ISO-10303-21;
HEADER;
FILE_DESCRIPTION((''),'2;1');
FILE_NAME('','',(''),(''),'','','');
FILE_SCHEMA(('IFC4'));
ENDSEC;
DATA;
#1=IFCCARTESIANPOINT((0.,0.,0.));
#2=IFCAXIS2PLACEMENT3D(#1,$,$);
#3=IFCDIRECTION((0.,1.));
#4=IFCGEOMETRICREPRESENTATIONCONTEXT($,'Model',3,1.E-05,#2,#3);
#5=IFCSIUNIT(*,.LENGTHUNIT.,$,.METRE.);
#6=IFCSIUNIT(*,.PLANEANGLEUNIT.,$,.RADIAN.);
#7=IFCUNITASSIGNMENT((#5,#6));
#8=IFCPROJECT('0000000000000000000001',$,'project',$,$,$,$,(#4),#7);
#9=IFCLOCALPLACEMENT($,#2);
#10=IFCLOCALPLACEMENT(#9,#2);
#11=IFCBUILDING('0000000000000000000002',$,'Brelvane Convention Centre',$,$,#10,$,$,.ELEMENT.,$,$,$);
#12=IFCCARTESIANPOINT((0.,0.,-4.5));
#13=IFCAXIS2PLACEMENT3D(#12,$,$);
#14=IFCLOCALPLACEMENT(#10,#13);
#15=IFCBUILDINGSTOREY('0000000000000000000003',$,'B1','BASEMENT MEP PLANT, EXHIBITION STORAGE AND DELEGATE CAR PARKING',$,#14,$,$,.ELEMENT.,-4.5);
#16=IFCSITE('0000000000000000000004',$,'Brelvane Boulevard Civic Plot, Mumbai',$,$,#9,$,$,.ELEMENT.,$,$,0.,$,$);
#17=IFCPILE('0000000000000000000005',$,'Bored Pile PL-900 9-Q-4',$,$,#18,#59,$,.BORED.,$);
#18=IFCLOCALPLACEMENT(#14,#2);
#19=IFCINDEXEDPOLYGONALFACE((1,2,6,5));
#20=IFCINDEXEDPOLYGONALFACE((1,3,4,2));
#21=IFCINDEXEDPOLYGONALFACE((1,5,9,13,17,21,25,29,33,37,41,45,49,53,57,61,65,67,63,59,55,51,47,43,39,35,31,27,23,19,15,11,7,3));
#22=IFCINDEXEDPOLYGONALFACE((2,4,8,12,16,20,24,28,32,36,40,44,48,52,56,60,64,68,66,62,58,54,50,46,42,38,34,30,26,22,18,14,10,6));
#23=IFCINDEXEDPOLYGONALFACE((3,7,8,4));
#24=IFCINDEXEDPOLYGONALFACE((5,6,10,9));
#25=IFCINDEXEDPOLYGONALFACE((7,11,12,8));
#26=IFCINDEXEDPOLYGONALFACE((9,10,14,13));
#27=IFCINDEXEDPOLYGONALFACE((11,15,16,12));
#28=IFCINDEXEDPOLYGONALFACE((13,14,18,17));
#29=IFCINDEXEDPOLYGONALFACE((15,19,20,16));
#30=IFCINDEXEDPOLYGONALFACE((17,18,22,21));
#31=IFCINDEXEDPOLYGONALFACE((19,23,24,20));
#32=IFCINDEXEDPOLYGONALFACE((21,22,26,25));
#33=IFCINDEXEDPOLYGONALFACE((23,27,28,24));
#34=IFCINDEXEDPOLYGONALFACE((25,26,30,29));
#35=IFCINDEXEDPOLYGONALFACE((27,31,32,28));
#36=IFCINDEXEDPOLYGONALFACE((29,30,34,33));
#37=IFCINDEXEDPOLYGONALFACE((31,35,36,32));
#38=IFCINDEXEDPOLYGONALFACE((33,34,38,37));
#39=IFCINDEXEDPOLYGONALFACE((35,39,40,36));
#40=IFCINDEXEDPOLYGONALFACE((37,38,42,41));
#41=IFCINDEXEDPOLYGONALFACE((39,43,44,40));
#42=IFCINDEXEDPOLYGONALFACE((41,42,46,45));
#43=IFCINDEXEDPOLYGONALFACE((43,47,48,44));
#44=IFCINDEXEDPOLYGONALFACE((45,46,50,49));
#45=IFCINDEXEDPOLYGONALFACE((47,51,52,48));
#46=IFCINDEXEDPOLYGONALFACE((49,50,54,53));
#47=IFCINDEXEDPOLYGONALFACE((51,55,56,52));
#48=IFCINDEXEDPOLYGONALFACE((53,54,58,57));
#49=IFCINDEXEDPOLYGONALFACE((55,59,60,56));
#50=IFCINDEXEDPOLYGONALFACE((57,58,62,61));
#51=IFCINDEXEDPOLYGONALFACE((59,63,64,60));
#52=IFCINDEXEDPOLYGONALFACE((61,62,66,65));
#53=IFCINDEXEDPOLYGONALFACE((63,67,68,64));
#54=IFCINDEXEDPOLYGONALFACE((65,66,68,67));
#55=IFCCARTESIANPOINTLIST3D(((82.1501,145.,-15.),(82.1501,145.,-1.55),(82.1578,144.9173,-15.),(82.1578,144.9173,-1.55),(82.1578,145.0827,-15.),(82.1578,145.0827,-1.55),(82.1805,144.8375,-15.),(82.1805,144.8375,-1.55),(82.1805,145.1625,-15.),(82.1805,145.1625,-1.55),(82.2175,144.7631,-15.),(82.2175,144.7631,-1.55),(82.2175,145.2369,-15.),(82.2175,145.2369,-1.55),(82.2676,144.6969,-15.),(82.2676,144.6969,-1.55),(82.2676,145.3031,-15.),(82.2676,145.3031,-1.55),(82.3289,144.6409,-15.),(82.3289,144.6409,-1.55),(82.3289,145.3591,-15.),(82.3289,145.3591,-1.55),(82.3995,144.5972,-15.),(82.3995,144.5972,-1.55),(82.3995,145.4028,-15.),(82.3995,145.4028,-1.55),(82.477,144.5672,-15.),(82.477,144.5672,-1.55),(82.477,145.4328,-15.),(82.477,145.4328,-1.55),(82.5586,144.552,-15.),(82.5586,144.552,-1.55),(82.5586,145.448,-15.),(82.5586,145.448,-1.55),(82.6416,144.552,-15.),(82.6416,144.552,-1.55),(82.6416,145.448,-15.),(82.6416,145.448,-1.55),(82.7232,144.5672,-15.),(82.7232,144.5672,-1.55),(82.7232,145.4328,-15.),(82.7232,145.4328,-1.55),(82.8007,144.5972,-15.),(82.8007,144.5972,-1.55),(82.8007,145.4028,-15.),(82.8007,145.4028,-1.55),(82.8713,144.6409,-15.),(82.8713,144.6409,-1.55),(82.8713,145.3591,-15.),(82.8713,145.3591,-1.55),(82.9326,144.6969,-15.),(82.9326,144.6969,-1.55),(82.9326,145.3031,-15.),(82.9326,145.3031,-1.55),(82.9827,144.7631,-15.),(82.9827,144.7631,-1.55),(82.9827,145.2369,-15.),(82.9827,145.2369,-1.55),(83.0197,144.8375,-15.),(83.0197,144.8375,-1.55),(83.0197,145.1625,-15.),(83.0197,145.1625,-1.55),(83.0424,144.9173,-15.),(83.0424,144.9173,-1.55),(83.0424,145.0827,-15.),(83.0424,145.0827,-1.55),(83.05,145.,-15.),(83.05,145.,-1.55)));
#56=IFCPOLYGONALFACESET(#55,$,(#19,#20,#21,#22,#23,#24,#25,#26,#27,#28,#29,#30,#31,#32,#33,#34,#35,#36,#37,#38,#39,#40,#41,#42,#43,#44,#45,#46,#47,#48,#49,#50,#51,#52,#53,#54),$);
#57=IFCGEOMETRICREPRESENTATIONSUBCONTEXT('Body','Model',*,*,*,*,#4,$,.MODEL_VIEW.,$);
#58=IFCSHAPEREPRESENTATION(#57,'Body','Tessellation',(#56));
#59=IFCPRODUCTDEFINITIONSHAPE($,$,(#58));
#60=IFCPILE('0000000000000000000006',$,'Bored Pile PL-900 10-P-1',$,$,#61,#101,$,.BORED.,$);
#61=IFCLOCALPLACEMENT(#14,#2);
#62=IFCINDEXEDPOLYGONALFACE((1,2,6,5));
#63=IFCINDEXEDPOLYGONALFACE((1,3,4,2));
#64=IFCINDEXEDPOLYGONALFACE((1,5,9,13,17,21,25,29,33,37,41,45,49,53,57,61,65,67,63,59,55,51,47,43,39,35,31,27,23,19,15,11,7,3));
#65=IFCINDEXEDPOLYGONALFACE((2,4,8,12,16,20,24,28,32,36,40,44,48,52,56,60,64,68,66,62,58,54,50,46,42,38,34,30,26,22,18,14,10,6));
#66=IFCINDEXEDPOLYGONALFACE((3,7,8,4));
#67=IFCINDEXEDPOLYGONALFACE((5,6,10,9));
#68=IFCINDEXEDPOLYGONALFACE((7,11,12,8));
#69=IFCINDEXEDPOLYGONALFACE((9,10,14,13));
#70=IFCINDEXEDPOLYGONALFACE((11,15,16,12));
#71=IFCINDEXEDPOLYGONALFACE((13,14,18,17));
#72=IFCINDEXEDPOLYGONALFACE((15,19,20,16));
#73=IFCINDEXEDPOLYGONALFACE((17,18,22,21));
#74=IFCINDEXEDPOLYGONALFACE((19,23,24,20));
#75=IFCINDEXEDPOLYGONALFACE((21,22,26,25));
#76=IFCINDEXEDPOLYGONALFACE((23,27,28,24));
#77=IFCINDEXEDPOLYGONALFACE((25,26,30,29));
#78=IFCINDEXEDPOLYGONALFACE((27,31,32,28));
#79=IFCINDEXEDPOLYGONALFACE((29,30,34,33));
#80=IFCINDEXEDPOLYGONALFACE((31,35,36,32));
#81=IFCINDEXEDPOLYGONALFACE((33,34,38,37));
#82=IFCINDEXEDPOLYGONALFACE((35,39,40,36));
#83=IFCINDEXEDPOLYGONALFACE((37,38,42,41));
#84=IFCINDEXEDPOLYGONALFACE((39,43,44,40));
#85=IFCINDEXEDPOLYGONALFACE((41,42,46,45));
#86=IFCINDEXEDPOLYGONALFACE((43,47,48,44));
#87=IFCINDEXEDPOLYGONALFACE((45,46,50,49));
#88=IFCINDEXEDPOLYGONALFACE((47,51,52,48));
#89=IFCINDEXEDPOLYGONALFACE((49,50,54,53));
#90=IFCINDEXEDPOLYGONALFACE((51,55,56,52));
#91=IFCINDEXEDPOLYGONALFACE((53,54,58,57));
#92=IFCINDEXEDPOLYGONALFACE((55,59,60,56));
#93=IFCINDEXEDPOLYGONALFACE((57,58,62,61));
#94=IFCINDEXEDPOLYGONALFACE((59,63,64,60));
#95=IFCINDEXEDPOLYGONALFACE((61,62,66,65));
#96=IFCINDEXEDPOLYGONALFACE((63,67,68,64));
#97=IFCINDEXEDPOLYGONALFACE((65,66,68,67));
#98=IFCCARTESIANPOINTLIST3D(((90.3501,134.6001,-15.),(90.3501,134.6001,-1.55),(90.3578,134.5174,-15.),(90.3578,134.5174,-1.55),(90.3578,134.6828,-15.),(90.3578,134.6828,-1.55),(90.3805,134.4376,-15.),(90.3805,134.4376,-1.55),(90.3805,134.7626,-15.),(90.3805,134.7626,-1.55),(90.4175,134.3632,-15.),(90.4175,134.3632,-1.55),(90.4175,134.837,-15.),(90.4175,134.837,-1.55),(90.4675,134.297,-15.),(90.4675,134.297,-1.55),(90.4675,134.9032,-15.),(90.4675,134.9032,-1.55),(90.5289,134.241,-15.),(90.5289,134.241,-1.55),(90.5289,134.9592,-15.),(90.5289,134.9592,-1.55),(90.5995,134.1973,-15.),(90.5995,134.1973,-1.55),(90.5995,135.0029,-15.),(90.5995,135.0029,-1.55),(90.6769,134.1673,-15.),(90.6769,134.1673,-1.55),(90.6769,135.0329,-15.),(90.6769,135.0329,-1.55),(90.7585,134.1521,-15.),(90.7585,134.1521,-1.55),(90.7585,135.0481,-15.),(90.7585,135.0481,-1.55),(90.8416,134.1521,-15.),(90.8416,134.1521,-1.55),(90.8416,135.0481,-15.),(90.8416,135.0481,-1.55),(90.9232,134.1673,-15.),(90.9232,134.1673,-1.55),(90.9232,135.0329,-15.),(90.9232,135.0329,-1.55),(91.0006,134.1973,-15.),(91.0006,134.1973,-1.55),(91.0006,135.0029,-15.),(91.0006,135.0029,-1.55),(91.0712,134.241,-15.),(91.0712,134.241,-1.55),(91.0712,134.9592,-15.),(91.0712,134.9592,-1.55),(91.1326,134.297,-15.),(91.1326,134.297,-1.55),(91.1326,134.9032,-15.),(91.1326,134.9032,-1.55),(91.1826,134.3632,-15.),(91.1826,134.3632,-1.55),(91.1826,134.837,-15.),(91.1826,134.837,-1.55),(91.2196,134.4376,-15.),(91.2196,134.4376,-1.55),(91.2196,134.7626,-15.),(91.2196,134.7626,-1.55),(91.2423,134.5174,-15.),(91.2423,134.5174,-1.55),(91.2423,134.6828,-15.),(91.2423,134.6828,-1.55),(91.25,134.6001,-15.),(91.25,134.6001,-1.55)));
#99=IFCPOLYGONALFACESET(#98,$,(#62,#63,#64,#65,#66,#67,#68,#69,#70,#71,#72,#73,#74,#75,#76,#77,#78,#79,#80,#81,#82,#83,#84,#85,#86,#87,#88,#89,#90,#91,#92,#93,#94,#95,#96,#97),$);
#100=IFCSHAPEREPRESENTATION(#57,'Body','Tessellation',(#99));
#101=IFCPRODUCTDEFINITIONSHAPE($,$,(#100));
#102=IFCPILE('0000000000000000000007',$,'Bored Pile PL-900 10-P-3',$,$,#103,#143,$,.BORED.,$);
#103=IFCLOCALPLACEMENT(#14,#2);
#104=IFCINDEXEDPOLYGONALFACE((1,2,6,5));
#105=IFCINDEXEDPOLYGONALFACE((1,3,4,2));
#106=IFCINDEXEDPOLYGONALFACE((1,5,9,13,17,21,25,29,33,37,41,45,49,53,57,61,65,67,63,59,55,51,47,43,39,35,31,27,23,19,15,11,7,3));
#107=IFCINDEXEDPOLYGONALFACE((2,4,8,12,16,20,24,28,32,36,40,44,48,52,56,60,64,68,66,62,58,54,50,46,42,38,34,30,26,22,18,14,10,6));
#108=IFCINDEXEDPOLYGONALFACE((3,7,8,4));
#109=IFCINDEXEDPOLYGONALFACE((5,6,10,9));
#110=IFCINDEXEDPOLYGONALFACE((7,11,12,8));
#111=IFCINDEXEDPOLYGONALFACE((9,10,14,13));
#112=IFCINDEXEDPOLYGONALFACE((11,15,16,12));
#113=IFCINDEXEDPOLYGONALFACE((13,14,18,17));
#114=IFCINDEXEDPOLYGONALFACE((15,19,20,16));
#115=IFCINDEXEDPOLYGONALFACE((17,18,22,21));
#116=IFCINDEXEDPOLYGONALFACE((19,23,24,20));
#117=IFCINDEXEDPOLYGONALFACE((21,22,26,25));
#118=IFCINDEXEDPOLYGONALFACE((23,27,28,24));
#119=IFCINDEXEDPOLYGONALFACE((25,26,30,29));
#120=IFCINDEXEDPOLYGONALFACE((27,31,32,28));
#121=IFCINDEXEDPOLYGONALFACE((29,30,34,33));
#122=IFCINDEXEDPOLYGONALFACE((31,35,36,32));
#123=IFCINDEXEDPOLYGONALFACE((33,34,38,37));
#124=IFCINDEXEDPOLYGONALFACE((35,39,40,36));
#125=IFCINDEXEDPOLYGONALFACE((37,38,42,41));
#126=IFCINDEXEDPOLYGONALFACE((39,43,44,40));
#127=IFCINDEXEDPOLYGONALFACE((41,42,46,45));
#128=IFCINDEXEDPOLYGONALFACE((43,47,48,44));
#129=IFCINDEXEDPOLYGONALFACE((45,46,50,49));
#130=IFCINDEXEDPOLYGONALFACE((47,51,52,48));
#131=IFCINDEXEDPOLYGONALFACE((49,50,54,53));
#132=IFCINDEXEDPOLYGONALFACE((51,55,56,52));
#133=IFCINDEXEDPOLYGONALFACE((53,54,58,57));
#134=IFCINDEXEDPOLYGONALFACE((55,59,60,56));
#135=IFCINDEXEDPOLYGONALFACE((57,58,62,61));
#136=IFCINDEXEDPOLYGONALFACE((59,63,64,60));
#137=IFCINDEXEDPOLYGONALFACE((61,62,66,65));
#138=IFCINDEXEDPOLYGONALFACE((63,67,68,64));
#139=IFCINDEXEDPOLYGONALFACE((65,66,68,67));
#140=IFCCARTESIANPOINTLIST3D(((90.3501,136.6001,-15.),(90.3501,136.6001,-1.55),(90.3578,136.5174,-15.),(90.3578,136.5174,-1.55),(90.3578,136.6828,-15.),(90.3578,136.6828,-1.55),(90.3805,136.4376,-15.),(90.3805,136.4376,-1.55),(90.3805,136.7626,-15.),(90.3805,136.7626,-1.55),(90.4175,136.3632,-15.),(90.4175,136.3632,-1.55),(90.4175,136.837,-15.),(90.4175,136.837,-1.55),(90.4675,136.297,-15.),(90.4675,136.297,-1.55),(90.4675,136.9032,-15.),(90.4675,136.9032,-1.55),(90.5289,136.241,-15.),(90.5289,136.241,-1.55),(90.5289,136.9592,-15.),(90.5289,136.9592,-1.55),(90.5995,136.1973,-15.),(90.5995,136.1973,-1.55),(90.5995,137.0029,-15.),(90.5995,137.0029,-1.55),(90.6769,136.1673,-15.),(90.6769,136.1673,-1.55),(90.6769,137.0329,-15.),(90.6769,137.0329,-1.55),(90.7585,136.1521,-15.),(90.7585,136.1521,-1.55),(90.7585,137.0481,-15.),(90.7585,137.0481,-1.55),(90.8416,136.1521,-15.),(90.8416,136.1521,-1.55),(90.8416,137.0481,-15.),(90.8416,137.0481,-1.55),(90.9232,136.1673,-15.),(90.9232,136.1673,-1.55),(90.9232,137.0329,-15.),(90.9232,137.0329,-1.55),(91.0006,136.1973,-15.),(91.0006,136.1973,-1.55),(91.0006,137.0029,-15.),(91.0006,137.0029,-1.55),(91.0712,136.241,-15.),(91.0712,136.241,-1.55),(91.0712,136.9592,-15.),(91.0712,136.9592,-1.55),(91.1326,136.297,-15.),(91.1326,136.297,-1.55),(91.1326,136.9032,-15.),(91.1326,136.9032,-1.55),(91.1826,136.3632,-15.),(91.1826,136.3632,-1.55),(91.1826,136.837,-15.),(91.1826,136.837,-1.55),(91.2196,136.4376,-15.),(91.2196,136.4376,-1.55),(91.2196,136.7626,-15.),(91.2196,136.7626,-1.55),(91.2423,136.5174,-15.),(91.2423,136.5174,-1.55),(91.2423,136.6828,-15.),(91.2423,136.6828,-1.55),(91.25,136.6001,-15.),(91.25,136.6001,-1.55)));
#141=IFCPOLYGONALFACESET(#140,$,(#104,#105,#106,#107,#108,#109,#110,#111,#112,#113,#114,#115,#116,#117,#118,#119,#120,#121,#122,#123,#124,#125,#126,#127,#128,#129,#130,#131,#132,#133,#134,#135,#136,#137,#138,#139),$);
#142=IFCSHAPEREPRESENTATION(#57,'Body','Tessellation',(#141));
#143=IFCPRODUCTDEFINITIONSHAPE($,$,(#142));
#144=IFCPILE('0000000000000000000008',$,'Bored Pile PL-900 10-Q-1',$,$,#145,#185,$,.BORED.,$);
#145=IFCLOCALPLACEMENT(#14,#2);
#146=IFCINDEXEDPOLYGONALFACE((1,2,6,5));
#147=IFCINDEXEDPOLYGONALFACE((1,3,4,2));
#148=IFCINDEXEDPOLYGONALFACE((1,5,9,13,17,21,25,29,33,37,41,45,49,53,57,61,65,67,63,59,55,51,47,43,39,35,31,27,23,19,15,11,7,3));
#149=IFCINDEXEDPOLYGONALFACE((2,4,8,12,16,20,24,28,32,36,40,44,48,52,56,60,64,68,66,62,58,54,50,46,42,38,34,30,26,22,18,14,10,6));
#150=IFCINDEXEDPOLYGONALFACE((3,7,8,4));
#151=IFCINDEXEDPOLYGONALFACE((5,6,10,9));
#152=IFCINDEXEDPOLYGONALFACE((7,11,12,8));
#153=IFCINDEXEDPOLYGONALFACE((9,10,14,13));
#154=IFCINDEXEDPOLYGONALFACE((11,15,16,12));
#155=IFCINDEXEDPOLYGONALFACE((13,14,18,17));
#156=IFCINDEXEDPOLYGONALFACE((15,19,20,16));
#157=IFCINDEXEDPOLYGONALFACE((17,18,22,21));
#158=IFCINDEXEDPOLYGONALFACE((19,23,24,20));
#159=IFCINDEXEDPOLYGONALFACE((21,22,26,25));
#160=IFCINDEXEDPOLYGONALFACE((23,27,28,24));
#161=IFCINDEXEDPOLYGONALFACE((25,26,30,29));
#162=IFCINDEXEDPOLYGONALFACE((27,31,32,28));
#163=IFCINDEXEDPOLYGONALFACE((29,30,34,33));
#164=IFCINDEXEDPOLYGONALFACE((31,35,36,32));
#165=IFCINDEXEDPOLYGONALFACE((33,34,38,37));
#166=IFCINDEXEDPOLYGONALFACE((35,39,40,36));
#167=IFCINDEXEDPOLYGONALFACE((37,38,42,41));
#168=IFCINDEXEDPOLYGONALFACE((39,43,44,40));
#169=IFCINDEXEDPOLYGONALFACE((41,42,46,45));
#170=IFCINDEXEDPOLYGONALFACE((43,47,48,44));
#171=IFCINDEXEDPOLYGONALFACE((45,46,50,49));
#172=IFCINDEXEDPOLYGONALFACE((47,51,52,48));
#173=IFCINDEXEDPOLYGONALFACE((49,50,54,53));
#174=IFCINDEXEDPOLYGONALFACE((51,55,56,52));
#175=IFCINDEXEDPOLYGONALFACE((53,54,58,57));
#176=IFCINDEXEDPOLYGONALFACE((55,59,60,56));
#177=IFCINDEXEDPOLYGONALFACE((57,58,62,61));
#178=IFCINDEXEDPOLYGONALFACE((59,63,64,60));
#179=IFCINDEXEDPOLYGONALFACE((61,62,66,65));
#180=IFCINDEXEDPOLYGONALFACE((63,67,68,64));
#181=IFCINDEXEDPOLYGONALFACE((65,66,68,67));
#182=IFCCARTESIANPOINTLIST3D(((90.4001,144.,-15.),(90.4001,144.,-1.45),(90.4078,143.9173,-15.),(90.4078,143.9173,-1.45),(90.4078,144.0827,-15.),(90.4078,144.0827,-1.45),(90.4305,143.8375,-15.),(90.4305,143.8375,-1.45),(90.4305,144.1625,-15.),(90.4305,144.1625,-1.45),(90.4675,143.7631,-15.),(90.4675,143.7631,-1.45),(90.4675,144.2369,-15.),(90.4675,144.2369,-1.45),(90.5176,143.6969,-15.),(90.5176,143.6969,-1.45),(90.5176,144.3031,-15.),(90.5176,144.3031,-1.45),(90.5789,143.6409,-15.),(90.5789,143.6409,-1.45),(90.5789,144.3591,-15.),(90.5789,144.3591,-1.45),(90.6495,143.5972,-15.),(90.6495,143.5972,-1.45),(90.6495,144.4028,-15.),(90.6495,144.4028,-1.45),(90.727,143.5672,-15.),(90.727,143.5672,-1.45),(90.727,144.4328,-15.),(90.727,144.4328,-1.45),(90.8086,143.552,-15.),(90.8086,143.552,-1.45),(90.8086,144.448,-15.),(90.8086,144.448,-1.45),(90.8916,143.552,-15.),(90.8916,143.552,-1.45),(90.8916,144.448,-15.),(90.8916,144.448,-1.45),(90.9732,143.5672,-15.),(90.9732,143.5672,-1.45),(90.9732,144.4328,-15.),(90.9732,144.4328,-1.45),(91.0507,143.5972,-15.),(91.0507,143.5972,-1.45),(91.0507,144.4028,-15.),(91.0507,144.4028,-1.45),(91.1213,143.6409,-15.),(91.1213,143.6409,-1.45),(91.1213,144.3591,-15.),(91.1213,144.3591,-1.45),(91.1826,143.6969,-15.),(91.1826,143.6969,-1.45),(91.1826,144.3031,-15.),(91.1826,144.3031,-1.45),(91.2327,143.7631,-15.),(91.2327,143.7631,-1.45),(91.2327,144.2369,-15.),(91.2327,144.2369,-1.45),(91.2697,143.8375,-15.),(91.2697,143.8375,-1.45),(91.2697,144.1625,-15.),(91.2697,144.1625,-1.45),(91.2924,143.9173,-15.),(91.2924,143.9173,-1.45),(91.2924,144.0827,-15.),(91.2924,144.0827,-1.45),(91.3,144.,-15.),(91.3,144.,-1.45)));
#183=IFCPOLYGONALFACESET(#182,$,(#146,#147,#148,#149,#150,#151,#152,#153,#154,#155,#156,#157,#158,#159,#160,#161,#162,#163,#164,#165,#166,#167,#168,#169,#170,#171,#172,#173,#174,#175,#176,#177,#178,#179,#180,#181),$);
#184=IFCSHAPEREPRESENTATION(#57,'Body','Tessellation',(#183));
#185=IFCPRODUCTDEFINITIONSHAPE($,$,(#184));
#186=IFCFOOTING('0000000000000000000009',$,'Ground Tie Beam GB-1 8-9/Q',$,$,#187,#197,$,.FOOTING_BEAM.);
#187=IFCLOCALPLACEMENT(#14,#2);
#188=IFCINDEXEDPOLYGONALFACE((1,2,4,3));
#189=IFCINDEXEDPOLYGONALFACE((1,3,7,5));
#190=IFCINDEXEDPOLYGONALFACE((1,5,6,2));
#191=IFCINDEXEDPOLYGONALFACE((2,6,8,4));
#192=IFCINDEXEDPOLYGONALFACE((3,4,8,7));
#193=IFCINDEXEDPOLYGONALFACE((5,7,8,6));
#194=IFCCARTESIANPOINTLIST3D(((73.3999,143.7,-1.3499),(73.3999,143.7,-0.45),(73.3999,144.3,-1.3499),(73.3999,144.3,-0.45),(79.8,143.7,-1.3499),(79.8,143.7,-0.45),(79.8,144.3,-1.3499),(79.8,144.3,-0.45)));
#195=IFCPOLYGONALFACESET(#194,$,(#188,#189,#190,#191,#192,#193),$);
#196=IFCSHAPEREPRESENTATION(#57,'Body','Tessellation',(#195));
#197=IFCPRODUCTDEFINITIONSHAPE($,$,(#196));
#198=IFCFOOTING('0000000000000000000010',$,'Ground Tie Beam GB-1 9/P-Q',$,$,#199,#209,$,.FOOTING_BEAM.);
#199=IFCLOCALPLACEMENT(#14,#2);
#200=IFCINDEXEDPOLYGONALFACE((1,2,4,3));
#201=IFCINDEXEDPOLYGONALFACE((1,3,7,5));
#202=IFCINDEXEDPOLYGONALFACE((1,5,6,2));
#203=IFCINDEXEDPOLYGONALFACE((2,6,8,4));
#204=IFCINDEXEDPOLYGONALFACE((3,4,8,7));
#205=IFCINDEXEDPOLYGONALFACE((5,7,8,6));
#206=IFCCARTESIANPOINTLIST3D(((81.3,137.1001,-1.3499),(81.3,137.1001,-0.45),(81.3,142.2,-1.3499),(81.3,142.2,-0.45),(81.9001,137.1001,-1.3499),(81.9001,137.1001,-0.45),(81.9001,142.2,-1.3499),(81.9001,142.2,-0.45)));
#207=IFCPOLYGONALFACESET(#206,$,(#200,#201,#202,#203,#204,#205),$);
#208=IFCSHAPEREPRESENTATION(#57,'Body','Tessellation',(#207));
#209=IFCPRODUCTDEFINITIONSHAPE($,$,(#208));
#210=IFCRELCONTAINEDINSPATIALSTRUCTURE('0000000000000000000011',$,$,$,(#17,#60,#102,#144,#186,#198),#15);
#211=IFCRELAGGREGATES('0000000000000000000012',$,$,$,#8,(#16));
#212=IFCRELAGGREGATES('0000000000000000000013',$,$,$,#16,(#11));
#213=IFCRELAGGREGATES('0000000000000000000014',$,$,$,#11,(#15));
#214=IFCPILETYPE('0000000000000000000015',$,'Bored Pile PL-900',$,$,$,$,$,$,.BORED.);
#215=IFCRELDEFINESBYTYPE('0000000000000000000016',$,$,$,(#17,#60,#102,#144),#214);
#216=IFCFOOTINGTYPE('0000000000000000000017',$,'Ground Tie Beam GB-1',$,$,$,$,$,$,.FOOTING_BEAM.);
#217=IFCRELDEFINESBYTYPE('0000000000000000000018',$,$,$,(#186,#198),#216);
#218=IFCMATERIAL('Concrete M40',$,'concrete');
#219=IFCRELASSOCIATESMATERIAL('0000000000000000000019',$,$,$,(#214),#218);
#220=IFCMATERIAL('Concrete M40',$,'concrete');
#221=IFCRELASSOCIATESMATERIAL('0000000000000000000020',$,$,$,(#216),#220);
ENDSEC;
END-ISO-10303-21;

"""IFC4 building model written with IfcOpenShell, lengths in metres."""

from ifc_helpers import new_model, si_unit, direction, frame, origin, origin_2d, place, context, subcontext, project, spatial, rectangle, circle, extrude, material, material_profile, profile_set, type_object, element, save


model = new_model("IFC4")

# Units and contexts
model_context = context("Model", 3, precision=1e-05, world=origin(), true_north=direction((0.0, 1.0)))
body_context = subcontext(model_context, "Body", "Model", "MODEL_VIEW")
ifc_project = project(units=[si_unit("LENGTHUNIT", "METRE"), si_unit("PLANEANGLEUNIT", "RADIAN")], contexts=[model_context])

# Site, building, storey
site_placement = place(None, origin())
site = spatial("IfcSite", under=ifc_project, at=site_placement, Name="Brelvane Boulevard Civic Plot, Mumbai", CompositionType="ELEMENT", RefElevation=0.0)
building_placement = place(site_placement, origin())
building = spatial("IfcBuilding", under=site, at=building_placement, Name="Brelvane Convention Centre", CompositionType="ELEMENT")
storey_placement = place(building_placement, frame((0.0, 0.0, -4.5)))
storey = spatial("IfcBuildingStorey", under=building, at=storey_placement, Name="B1", Description="BASEMENT MEP PLANT, EXHIBITION STORAGE AND DELEGATE CAR PARKING", CompositionType="ELEMENT", Elevation=-4.5)

# Piles
ifc_material_1 = material(Name="Concrete M40", Category="concrete")
ifc_material_profile_1 = material_profile(ifc_material_1, circle(Radius=0.45, at=origin_2d()), Name="PILE D900")
ifc_profile_set_1 = profile_set([ifc_material_profile_1], Name="Concrete M40")
pile_type = type_object("IfcPileType", Name="Bored Pile PL-900", PredefinedType="BORED", material=ifc_profile_set_1)
for number, where, z_axis, x_axis, name in (
    (1, (82.6001, 145.0, -1.55), (0.0, 0.0, -1.0), (1.0, 0.0, 0.0), "Bored Pile PL-900 9-Q-4"),
    (2, (90.8, 134.6001, -1.55), (0.0, 0.0, -1.0), (1.0, 0.0, 0.0), "Bored Pile PL-900 10-P-1"),
    (3, (90.8, 136.6001, -1.55), (0.0, 0.0, -1.0), (1.0, 0.0, 0.0), "Bored Pile PL-900 10-P-3"),
):
    element("IfcPile", number, at=place(storey_placement, frame(where, z_axis=z_axis, x_axis=x_axis)), inside=storey, type_object=pile_type, Name=name, PredefinedType="BORED", context=body_context, shape_type="SweptSolid", body=[
        extrude(circle(Radius=0.45, at=origin_2d()), origin(), (0.0, 0.0, 1.0), 13.45),
    ])
pile_placement = place(storey_placement, frame((90.8501, 144.0, -1.45), z_axis=(0.0, 0.0, -1.0), x_axis=(1.0, 0.0, 0.0)))
element("IfcPile", 4, at=pile_placement, inside=storey, type_object=pile_type, Name="Bored Pile PL-900 10-Q-1", PredefinedType="BORED", context=body_context, shape_type="SweptSolid", body=[
    extrude(circle(Radius=0.45, at=origin_2d()), origin(), (0.0, 0.0, 1.0), 13.55),
])

# Footings
ifc_material_2 = material(Name="Concrete M40", Category="concrete")
ifc_material_profile_2 = material_profile(ifc_material_2, rectangle(XDim=0.6001, YDim=0.8999, at=origin_2d()), Name="RC 600x900")
ifc_profile_set_2 = profile_set([ifc_material_profile_2], Name="Concrete M40")
footing_type_1 = type_object("IfcFootingType", Name="Ground Tie Beam GB-1", PredefinedType="FOOTING_BEAM", material=ifc_profile_set_2)
footing_1_placement = place(storey_placement, frame((73.3999, 144.0, -0.8999), z_axis=(1.0, 0.0, 0.0), x_axis=(0.0, 1.0, 0.0)))
element("IfcFooting", 5, at=footing_1_placement, inside=storey, type_object=footing_type_1, Name="Ground Tie Beam GB-1 8-9/Q", PredefinedType="FOOTING_BEAM", context=body_context, shape_type="SweptSolid", body=[
    extrude(rectangle(XDim=0.6001, YDim=0.8999, at=origin_2d()), origin(), (0.0, 0.0, 1.0), 6.4001),
])
footing_2_placement = place(storey_placement, frame((81.6001, 137.1001, -0.8999), z_axis=(0.0, 1.0, 0.0), x_axis=(-1.0, 0.0, 0.0)))
element("IfcFooting", 6, at=footing_2_placement, inside=storey, type_object=footing_type_1, Name="Ground Tie Beam GB-1 9/P-Q", PredefinedType="FOOTING_BEAM", context=body_context, shape_type="SweptSolid", body=[
    extrude(rectangle(XDim=0.6001, YDim=0.8999, at=origin_2d()), origin(), (0.0, 0.0, 1.0), 5.0999),
])

save(model, "model.ifc")
